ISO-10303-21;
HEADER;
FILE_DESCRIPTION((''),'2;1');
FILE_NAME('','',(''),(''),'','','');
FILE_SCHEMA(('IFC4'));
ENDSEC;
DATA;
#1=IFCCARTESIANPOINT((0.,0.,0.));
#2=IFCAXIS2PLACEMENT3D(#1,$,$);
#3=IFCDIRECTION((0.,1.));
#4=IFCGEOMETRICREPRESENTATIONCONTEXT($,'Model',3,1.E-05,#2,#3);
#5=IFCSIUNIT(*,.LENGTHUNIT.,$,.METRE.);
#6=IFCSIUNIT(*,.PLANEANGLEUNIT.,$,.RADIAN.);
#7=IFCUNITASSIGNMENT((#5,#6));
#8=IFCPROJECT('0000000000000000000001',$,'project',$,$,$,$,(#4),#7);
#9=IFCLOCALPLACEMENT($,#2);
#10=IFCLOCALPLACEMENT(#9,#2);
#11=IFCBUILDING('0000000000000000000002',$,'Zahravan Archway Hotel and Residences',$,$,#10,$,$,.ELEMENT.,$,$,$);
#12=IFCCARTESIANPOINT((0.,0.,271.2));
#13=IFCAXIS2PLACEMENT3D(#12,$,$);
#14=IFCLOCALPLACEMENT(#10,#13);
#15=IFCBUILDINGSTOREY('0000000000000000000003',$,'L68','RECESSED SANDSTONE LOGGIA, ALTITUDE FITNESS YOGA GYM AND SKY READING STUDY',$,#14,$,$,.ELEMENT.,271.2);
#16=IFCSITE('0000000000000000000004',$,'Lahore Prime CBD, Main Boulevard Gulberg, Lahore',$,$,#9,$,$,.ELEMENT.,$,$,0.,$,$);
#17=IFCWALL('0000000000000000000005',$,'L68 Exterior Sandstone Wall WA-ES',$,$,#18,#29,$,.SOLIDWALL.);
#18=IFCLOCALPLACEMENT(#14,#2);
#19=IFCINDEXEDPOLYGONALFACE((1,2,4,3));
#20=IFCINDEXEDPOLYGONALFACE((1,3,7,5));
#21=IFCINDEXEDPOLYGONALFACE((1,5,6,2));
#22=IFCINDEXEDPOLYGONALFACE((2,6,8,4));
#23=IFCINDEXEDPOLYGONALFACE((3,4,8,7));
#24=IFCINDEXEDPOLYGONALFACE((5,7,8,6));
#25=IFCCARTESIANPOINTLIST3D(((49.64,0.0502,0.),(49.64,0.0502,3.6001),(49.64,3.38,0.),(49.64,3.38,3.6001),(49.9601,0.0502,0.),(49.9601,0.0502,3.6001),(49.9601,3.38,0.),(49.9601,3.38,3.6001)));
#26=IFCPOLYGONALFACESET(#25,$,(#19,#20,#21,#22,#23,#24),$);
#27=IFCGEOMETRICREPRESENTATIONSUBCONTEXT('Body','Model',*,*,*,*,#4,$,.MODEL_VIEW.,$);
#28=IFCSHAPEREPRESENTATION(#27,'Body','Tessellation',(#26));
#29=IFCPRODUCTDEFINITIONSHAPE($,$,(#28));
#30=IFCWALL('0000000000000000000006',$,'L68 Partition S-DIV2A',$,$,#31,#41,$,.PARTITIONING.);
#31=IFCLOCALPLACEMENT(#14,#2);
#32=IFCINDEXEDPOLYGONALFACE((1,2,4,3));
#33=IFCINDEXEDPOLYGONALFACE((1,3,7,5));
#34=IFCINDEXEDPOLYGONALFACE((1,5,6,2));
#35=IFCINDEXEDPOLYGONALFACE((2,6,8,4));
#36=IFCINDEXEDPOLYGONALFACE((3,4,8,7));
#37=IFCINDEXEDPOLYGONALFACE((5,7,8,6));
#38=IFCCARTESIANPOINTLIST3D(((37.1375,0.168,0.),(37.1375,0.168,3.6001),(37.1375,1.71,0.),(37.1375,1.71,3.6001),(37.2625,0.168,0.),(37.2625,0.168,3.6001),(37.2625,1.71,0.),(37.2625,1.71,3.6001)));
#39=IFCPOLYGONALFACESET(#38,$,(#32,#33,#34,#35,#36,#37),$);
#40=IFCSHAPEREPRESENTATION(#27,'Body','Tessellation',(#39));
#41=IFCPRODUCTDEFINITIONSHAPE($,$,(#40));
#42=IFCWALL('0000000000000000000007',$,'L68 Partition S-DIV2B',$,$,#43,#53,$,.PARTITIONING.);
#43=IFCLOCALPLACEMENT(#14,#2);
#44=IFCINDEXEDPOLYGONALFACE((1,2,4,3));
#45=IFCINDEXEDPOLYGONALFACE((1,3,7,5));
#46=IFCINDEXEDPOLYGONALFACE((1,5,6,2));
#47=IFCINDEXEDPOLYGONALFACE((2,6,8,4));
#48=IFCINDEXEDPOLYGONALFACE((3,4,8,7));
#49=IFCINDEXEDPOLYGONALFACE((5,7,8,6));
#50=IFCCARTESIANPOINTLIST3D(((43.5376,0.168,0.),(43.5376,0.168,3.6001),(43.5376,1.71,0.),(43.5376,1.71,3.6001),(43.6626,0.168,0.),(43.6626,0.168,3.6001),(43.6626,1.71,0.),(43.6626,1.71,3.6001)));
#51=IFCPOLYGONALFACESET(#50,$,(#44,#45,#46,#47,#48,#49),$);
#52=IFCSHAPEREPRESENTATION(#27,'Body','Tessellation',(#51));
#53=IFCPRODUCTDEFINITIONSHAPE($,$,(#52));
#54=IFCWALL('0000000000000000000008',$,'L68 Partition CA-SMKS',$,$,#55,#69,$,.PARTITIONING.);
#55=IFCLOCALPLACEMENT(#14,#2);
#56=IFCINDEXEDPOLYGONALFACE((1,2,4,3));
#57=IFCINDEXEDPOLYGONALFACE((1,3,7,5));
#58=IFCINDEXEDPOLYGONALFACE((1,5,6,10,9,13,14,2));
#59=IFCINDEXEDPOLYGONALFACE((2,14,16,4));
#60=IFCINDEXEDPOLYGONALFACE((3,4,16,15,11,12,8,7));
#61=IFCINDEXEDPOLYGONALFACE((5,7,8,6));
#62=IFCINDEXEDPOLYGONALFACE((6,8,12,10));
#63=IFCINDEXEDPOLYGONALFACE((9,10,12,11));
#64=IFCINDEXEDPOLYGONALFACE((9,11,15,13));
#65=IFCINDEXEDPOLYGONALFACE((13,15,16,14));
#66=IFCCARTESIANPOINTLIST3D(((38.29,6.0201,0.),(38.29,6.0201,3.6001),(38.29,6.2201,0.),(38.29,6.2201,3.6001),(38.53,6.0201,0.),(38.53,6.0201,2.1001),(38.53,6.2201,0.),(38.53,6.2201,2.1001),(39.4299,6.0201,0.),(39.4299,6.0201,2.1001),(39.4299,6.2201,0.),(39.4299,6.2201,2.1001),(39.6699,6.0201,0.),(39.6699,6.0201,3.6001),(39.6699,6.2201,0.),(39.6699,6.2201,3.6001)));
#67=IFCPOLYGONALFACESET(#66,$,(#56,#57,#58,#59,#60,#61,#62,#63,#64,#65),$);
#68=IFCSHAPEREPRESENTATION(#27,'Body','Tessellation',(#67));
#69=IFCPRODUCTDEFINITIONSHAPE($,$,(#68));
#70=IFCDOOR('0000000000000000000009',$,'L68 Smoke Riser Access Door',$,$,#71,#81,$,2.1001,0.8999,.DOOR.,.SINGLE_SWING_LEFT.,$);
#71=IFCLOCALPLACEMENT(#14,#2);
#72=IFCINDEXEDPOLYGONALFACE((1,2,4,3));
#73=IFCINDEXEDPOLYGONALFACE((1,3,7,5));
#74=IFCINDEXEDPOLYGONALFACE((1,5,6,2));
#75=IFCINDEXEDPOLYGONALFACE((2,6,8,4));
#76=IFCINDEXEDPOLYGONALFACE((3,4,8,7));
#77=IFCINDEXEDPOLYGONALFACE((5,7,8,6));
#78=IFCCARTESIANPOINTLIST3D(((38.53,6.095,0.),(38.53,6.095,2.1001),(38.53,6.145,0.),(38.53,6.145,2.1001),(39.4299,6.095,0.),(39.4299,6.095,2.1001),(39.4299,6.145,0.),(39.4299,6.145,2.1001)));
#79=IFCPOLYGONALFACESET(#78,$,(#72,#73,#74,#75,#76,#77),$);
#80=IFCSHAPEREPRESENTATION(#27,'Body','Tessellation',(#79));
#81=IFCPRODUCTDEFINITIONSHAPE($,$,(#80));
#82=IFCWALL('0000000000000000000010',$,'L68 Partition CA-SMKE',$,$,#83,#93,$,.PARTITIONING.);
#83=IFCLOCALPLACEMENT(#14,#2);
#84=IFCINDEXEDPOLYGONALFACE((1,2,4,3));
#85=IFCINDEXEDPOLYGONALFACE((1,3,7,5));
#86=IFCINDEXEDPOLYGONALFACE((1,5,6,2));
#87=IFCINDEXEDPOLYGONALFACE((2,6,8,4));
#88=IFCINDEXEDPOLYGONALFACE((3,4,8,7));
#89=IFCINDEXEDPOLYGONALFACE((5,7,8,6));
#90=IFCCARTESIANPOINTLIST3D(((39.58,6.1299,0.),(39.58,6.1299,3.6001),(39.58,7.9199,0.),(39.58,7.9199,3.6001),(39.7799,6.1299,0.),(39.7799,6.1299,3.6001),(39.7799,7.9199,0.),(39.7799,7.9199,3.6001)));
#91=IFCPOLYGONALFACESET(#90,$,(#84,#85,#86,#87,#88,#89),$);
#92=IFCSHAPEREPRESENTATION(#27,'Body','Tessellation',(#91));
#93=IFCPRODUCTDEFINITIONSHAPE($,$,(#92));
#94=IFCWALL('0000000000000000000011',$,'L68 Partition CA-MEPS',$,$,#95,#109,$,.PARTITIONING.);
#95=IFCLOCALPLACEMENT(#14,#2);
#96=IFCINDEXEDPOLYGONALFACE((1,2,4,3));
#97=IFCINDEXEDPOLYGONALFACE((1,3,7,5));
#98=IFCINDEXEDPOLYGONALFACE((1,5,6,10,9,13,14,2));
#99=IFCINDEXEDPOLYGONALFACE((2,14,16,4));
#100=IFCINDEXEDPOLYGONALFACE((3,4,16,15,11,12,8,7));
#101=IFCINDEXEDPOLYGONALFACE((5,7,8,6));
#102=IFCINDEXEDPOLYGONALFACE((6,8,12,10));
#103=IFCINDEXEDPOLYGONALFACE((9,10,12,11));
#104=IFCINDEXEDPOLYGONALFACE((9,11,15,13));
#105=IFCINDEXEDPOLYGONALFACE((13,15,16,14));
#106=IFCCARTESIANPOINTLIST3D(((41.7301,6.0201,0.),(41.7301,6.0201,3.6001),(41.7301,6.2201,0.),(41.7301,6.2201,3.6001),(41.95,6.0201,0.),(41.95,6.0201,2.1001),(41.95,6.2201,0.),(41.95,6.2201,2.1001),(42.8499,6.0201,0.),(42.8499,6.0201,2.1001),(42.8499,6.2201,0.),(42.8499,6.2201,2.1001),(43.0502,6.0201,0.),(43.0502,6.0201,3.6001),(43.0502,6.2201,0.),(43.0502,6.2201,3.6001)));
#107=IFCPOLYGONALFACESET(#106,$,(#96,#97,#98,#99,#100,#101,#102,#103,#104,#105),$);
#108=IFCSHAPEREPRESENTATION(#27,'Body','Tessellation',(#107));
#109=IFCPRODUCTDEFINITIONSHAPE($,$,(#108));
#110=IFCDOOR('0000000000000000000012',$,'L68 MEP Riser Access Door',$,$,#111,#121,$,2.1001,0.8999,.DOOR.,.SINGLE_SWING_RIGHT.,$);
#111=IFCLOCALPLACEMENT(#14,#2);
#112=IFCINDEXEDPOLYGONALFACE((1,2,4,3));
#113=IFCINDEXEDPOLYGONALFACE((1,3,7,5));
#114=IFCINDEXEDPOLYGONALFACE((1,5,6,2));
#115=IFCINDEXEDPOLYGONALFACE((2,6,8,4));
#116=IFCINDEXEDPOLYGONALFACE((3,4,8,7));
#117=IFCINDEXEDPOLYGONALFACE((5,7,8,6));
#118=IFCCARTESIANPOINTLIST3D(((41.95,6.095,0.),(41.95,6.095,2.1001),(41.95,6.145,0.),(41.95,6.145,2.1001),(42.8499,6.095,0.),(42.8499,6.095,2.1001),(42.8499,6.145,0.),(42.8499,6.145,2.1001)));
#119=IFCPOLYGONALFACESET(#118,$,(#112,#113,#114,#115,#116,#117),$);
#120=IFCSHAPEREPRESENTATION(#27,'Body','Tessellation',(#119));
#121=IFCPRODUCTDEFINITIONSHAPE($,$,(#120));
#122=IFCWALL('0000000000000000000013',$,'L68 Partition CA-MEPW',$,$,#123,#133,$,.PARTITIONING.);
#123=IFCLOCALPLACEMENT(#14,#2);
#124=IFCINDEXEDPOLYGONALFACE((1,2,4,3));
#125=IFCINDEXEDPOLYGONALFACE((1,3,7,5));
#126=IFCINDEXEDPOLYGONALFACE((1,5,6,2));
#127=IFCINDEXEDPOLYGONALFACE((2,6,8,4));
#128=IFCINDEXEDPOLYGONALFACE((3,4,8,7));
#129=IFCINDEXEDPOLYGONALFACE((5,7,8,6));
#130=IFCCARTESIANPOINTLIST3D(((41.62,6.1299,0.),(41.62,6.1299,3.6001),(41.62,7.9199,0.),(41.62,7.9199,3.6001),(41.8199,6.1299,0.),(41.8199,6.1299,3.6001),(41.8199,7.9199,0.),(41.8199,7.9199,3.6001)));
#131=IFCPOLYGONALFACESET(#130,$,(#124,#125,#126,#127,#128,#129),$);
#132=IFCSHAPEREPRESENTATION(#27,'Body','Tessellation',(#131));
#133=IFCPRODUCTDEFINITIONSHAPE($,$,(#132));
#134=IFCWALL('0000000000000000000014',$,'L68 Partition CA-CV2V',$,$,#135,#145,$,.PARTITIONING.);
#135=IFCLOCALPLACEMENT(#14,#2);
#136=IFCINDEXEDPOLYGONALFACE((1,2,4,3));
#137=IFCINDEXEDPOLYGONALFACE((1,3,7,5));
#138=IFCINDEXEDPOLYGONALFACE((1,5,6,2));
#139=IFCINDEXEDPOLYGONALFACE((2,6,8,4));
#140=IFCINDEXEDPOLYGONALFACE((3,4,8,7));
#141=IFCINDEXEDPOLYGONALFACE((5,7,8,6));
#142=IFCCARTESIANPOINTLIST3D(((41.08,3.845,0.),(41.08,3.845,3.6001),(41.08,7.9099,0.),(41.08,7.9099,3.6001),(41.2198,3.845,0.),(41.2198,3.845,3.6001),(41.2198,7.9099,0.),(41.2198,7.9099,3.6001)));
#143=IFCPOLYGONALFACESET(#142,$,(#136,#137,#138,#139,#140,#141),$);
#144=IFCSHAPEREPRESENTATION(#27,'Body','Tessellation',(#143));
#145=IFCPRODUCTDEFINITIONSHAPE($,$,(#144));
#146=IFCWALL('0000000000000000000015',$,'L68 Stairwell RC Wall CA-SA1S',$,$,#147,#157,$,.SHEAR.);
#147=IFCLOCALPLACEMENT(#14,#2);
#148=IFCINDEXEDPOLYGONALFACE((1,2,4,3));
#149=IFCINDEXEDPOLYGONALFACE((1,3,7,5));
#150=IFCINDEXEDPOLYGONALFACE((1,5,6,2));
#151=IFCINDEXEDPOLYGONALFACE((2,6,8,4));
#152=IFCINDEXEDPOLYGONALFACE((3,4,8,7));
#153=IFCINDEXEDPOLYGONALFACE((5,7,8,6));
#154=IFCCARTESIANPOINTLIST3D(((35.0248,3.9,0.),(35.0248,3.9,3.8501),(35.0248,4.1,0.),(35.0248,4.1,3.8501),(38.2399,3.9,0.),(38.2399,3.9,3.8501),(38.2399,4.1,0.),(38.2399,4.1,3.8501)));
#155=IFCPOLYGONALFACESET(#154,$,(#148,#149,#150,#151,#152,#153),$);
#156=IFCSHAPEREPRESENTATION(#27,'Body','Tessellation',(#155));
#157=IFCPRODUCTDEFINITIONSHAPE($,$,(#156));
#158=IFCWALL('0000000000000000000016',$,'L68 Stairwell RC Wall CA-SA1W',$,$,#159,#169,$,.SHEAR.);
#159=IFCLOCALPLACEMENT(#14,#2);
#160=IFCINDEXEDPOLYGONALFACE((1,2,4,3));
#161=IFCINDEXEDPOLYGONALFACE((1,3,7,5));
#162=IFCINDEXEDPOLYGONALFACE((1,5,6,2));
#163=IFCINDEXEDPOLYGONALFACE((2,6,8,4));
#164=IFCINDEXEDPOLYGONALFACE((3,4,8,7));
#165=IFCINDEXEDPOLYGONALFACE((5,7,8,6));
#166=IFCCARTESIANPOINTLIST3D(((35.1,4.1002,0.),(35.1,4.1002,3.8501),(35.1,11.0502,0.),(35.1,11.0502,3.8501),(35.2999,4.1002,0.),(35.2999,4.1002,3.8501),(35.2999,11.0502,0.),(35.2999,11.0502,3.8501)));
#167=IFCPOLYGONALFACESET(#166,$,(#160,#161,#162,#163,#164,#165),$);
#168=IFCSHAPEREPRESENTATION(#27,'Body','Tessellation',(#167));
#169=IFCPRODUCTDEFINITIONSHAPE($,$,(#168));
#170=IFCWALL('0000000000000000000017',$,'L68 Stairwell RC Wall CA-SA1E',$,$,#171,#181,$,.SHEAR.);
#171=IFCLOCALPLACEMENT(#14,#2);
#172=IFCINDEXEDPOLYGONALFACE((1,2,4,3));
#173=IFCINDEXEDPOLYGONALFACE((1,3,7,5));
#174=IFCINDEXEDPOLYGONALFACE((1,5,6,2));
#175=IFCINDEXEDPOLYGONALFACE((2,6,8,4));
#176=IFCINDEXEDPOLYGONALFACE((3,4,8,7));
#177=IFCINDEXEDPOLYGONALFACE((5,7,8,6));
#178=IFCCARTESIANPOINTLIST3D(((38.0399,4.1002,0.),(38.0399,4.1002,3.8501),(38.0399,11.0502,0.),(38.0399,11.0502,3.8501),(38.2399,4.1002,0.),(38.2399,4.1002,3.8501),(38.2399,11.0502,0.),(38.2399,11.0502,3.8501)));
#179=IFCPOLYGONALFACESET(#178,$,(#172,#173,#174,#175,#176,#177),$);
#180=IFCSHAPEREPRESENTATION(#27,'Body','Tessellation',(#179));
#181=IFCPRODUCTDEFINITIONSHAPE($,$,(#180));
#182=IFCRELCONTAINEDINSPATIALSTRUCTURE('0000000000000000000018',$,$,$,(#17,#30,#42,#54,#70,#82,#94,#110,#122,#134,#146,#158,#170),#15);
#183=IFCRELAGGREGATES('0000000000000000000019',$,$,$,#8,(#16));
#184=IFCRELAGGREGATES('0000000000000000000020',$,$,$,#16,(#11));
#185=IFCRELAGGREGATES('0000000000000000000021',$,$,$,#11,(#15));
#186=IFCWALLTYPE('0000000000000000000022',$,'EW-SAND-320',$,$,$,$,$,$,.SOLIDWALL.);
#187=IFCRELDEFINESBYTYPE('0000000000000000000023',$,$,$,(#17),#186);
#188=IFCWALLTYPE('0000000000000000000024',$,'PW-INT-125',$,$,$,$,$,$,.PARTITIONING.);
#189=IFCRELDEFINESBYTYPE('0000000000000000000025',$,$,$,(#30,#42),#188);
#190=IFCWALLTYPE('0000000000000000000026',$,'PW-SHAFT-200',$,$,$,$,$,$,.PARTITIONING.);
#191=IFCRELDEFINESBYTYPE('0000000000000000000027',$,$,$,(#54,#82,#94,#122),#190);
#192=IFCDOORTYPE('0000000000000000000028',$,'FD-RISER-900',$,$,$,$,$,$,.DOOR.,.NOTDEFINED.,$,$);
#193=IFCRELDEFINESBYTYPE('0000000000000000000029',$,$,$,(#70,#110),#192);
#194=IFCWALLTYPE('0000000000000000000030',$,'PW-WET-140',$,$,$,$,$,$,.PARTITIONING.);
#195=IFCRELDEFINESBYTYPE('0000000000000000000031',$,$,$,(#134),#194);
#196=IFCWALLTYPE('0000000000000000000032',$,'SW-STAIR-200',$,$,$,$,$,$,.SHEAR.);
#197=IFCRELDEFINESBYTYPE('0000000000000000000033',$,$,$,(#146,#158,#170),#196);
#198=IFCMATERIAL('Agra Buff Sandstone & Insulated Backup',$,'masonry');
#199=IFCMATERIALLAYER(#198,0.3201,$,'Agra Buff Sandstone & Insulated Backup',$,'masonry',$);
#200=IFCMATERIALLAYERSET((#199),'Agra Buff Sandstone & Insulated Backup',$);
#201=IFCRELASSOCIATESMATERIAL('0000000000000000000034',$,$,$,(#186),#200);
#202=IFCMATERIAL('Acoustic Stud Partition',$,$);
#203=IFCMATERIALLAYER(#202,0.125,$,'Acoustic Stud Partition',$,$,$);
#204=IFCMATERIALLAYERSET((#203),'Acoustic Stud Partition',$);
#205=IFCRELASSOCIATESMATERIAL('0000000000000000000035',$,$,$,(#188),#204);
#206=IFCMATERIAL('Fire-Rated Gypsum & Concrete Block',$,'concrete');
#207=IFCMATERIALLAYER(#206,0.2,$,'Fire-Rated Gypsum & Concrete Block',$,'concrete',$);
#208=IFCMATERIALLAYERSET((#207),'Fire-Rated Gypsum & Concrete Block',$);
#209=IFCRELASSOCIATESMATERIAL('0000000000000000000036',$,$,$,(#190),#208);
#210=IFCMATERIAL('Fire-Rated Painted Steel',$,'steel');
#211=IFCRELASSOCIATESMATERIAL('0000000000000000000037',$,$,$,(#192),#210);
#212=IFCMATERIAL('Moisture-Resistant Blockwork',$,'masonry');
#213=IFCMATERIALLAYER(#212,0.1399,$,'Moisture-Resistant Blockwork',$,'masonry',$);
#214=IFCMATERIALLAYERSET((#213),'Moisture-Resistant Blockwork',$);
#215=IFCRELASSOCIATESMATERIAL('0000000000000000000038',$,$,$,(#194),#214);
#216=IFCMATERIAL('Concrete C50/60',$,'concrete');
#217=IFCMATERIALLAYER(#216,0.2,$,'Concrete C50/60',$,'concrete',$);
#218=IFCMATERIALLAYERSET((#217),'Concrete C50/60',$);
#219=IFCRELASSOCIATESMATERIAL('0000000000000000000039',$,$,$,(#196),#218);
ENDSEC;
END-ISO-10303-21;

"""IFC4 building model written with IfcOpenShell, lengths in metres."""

from ifc_helpers import new_model, si_unit, direction, frame, frame_2d, origin, place, context, subcontext, project, spatial, rectangle, extrude, source, transform, mapped, material, layer, layer_set, type_object, type_shapes, element, fill, save


model = new_model("IFC4")

# Units and contexts
model_context = context("Model", 3, precision=1e-05, world=origin(), true_north=direction((0.0, 1.0)))
body_context = subcontext(model_context, "Body", "Model", "MODEL_VIEW")
ifc_project = project(units=[si_unit("LENGTHUNIT", "METRE"), si_unit("PLANEANGLEUNIT", "RADIAN")], contexts=[model_context])

# Site, building, storey
site_placement = place(None, origin())
site = spatial("IfcSite", under=ifc_project, at=site_placement, Name="Lahore Prime CBD, Main Boulevard Gulberg, Lahore", CompositionType="ELEMENT", RefElevation=0.0)
building_placement = place(site_placement, origin())
building = spatial("IfcBuilding", under=site, at=building_placement, Name="Zahravan Archway Hotel and Residences", CompositionType="ELEMENT")
storey_placement = place(building_placement, frame((0.0, 0.0, 271.2)))
storey = spatial("IfcBuildingStorey", under=building, at=storey_placement, Name="L68", Description="RECESSED SANDSTONE LOGGIA, ALTITUDE FITNESS YOGA GYM AND SKY READING STUDY", CompositionType="ELEMENT", Elevation=271.2)

# Shared definitions
ifc_material_1 = material(Name="Concrete C50/60", Category="concrete")

# Walls
ifc_material_2 = material(Name="Agra Buff Sandstone & Insulated Backup", Category="masonry")
ifc_layer_1 = layer(ifc_material_2, 0.3201, Name="Agra Buff Sandstone & Insulated Backup", Category="masonry")
ifc_layer_set_1 = layer_set([ifc_layer_1], Name="Agra Buff Sandstone & Insulated Backup")
wall_type_1 = type_object("IfcWallType", Name="EW-SAND-320", PredefinedType="SOLIDWALL", material=ifc_layer_set_1)
wall_1_placement = place(storey_placement, frame((49.8, 0.05, 0.0), z_axis=(0.0, 0.0, 1.0), x_axis=(0.0, 1.0, 0.0)))
element("IfcWall", 1, at=wall_1_placement, inside=storey, type_object=wall_type_1, Name="L68 Exterior Sandstone Wall WA-ES", PredefinedType="SOLIDWALL", context=body_context, shape_type="SweptSolid", body=[
    extrude(rectangle(XDim=3.3298, YDim=0.3201, at=frame_2d((1.665, 0.0))), origin(), (0.0, 0.0, 1.0), 3.6001),
])
ifc_material_3 = material(Name="Acoustic Stud Partition")
ifc_layer_2 = layer(ifc_material_3, 0.125, Name="Acoustic Stud Partition")
ifc_layer_set_2 = layer_set([ifc_layer_2], Name="Acoustic Stud Partition")
wall_type_2 = type_object("IfcWallType", Name="PW-INT-125", PredefinedType="PARTITIONING", material=ifc_layer_set_2)
for number, where, z_axis, x_axis, name in (
    (2, (37.2, 0.168, 0.0), (0.0, 0.0, 1.0), (0.0, 1.0, 0.0), "L68 Partition S-DIV2A"),
    (3, (43.6001, 0.168, 0.0), (0.0, 0.0, 1.0), (0.0, 1.0, 0.0), "L68 Partition S-DIV2B"),
):
    element("IfcWall", number, at=place(storey_placement, frame(where, z_axis=z_axis, x_axis=x_axis)), inside=storey, type_object=wall_type_2, Name=name, PredefinedType="PARTITIONING", context=body_context, shape_type="SweptSolid", body=[
        extrude(rectangle(XDim=1.542, YDim=0.125, at=frame_2d((0.771, 0.0))), origin(), (0.0, 0.0, 1.0), 3.6001),
    ])

# Wall, opening, door
ifc_material_4 = material(Name="Fire-Rated Gypsum & Concrete Block", Category="concrete")
ifc_layer_3 = layer(ifc_material_4, 0.2, Name="Fire-Rated Gypsum & Concrete Block", Category="concrete")
ifc_layer_set_3 = layer_set([ifc_layer_3], Name="Fire-Rated Gypsum & Concrete Block")
wall_type_3 = type_object("IfcWallType", Name="PW-SHAFT-200", PredefinedType="PARTITIONING", material=ifc_layer_set_3)
wall_2_placement = place(storey_placement, frame((38.29, 6.1201, 0.0), z_axis=(0.0, 0.0, 1.0), x_axis=(1.0, 0.0, 0.0)))
wall_2 = element("IfcWall", 4, at=wall_2_placement, inside=storey, type_object=wall_type_3, Name="L68 Partition CA-SMKS", PredefinedType="PARTITIONING", context=body_context, shape_type="SweptSolid", body=[
    extrude(rectangle(XDim=1.3799, YDim=0.2, at=frame_2d((0.6899, 0.0))), origin(), (0.0, 0.0, 1.0), 3.6001),
])
opening_1_placement = place(wall_2_placement, frame((0.24, 0.0, 0.0)))
opening_1 = element("IfcOpeningElement", 5, at=opening_1_placement, cuts=wall_2, PredefinedType="OPENING", context=body_context, shape_type="SweptSolid", body=[
    extrude(rectangle(XDim=0.8999, YDim=2.1001, at=frame_2d((0.45, 1.05))), frame((0.0, 0.1099, 0.0), z_axis=(0.0, -1.0, 0.0), x_axis=(1.0, 0.0, 0.0)), (0.0, 0.0, 1.0), 0.22),
])
ifc_material_5 = material(Name="Fire-Rated Painted Steel", Category="steel")
door_type = type_object("IfcDoorType", Name="FD-RISER-900", OperationType="NOTDEFINED", PredefinedType="DOOR", material=ifc_material_5)
shared_shape_1 = source(origin(), body_context, "Body", "SweptSolid", [
    extrude(rectangle(XDim=0.8999, YDim=2.1001, at=frame_2d((0.45, 1.05))), frame((0.0, 0.0249, 0.0), z_axis=(0.0, -1.0, 0.0), x_axis=(1.0, 0.0, 0.0)), (0.0, 0.0, 1.0), 0.05),
])
type_shapes(door_type, [shared_shape_1])
door_1_placement = place(opening_1_placement, origin())
door_1 = element("IfcDoor", 6, at=door_1_placement, inside=storey, type_object=door_type, Name="L68 Smoke Riser Access Door", OperationType="SINGLE_SWING_LEFT", OverallHeight=2.1001, OverallWidth=0.8999, PredefinedType="DOOR", context=body_context, shape_type="MappedRepresentation", body=[
    mapped(shared_shape_1, transform((0.0, 0.0, 0.0), scale=1.0)),
])
fill(opening_1, door_1)

# Wall
wall_3_placement = place(storey_placement, frame((39.6799, 6.1299, 0.0), z_axis=(0.0, 0.0, 1.0), x_axis=(0.0, 1.0, 0.0)))
element("IfcWall", 7, at=wall_3_placement, inside=storey, type_object=wall_type_3, Name="L68 Partition CA-SMKE", PredefinedType="PARTITIONING", context=body_context, shape_type="SweptSolid", body=[
    extrude(rectangle(XDim=1.79, YDim=0.2, at=frame_2d((0.895, 0.0))), origin(), (0.0, 0.0, 1.0), 3.6001),
])

# Wall, opening, door
wall_4_placement = place(storey_placement, frame((41.73, 6.1201, 0.0), z_axis=(0.0, 0.0, 1.0), x_axis=(1.0, 0.0, 0.0)))
wall_4 = element("IfcWall", 8, at=wall_4_placement, inside=storey, type_object=wall_type_3, Name="L68 Partition CA-MEPS", PredefinedType="PARTITIONING", context=body_context, shape_type="SweptSolid", body=[
    extrude(rectangle(XDim=1.3201, YDim=0.2, at=frame_2d((0.6602, 0.0))), origin(), (0.0, 0.0, 1.0), 3.6001),
])
opening_2_placement = place(wall_4_placement, frame((0.22, 0.0, 0.0)))
opening_2 = element("IfcOpeningElement", 9, at=opening_2_placement, cuts=wall_4, PredefinedType="OPENING", context=body_context, shape_type="SweptSolid", body=[
    extrude(rectangle(XDim=0.8999, YDim=2.1001, at=frame_2d((0.45, 1.05))), frame((0.0, 0.1099, 0.0), z_axis=(0.0, -1.0, 0.0), x_axis=(1.0, 0.0, 0.0)), (0.0, 0.0, 1.0), 0.22),
])
door_2_placement = place(opening_2_placement, origin())
door_2 = element("IfcDoor", 10, at=door_2_placement, inside=storey, type_object=door_type, Name="L68 MEP Riser Access Door", OperationType="SINGLE_SWING_RIGHT", OverallHeight=2.1001, OverallWidth=0.8999, PredefinedType="DOOR", context=body_context, shape_type="MappedRepresentation", body=[
    mapped(shared_shape_1, transform((0.0, 0.0, 0.0), scale=1.0)),
])
fill(opening_2, door_2)

# Walls
wall_5_placement = place(storey_placement, frame((41.72, 6.1299, 0.0), z_axis=(0.0, 0.0, 1.0), x_axis=(0.0, 1.0, 0.0)))
element("IfcWall", 11, at=wall_5_placement, inside=storey, type_object=wall_type_3, Name="L68 Partition CA-MEPW", PredefinedType="PARTITIONING", context=body_context, shape_type="SweptSolid", body=[
    extrude(rectangle(XDim=1.79, YDim=0.2, at=frame_2d((0.895, 0.0))), origin(), (0.0, 0.0, 1.0), 3.6001),
])
ifc_material_6 = material(Name="Moisture-Resistant Blockwork", Category="masonry")
ifc_layer_4 = layer(ifc_material_6, 0.1399, Name="Moisture-Resistant Blockwork", Category="masonry")
ifc_layer_set_4 = layer_set([ifc_layer_4], Name="Moisture-Resistant Blockwork")
wall_type_4 = type_object("IfcWallType", Name="PW-WET-140", PredefinedType="PARTITIONING", material=ifc_layer_set_4)
wall_6_placement = place(storey_placement, frame((41.1499, 3.845, 0.0), z_axis=(0.0, 0.0, 1.0), x_axis=(0.0, 1.0, 0.0)))
element("IfcWall", 12, at=wall_6_placement, inside=storey, type_object=wall_type_4, Name="L68 Partition CA-CV2V", PredefinedType="PARTITIONING", context=body_context, shape_type="SweptSolid", body=[
    extrude(rectangle(XDim=4.0649, YDim=0.1399, at=frame_2d((2.0325, 0.0))), origin(), (0.0, 0.0, 1.0), 3.6001),
])
ifc_layer_5 = layer(ifc_material_1, 0.2, Name="Concrete C50/60", Category="concrete")
ifc_layer_set_5 = layer_set([ifc_layer_5], Name="Concrete C50/60")
wall_type_5 = type_object("IfcWallType", Name="SW-STAIR-200", PredefinedType="SHEAR", material=ifc_layer_set_5)
wall_7_placement = place(storey_placement, frame((35.0249, 4.0, 0.0), z_axis=(0.0, 0.0, 1.0), x_axis=(1.0, 0.0, 0.0)))
element("IfcWall", 13, at=wall_7_placement, inside=storey, type_object=wall_type_5, Name="L68 Stairwell RC Wall CA-SA1S", PredefinedType="SHEAR", context=body_context, shape_type="SweptSolid", body=[
    extrude(rectangle(XDim=3.2151, YDim=0.2, at=frame_2d((1.6074, 0.0))), origin(), (0.0, 0.0, 1.0), 3.8501),
])
for number, where, z_axis, x_axis, name in (
    (14, (35.2, 4.1001, 0.0), (0.0, 0.0, 1.0), (0.0, 1.0, 0.0), "L68 Stairwell RC Wall CA-SA1W"),
    (15, (38.1399, 4.1001, 0.0), (0.0, 0.0, 1.0), (0.0, 1.0, 0.0), "L68 Stairwell RC Wall CA-SA1E"),
):
    element("IfcWall", number, at=place(storey_placement, frame(where, z_axis=z_axis, x_axis=x_axis)), inside=storey, type_object=wall_type_5, Name=name, PredefinedType="SHEAR", context=body_context, shape_type="SweptSolid", body=[
        extrude(rectangle(XDim=6.95, YDim=0.2, at=frame_2d((3.4751, 0.0))), origin(), (0.0, 0.0, 1.0), 3.8501),
    ])

save(model, "model.ifc")
